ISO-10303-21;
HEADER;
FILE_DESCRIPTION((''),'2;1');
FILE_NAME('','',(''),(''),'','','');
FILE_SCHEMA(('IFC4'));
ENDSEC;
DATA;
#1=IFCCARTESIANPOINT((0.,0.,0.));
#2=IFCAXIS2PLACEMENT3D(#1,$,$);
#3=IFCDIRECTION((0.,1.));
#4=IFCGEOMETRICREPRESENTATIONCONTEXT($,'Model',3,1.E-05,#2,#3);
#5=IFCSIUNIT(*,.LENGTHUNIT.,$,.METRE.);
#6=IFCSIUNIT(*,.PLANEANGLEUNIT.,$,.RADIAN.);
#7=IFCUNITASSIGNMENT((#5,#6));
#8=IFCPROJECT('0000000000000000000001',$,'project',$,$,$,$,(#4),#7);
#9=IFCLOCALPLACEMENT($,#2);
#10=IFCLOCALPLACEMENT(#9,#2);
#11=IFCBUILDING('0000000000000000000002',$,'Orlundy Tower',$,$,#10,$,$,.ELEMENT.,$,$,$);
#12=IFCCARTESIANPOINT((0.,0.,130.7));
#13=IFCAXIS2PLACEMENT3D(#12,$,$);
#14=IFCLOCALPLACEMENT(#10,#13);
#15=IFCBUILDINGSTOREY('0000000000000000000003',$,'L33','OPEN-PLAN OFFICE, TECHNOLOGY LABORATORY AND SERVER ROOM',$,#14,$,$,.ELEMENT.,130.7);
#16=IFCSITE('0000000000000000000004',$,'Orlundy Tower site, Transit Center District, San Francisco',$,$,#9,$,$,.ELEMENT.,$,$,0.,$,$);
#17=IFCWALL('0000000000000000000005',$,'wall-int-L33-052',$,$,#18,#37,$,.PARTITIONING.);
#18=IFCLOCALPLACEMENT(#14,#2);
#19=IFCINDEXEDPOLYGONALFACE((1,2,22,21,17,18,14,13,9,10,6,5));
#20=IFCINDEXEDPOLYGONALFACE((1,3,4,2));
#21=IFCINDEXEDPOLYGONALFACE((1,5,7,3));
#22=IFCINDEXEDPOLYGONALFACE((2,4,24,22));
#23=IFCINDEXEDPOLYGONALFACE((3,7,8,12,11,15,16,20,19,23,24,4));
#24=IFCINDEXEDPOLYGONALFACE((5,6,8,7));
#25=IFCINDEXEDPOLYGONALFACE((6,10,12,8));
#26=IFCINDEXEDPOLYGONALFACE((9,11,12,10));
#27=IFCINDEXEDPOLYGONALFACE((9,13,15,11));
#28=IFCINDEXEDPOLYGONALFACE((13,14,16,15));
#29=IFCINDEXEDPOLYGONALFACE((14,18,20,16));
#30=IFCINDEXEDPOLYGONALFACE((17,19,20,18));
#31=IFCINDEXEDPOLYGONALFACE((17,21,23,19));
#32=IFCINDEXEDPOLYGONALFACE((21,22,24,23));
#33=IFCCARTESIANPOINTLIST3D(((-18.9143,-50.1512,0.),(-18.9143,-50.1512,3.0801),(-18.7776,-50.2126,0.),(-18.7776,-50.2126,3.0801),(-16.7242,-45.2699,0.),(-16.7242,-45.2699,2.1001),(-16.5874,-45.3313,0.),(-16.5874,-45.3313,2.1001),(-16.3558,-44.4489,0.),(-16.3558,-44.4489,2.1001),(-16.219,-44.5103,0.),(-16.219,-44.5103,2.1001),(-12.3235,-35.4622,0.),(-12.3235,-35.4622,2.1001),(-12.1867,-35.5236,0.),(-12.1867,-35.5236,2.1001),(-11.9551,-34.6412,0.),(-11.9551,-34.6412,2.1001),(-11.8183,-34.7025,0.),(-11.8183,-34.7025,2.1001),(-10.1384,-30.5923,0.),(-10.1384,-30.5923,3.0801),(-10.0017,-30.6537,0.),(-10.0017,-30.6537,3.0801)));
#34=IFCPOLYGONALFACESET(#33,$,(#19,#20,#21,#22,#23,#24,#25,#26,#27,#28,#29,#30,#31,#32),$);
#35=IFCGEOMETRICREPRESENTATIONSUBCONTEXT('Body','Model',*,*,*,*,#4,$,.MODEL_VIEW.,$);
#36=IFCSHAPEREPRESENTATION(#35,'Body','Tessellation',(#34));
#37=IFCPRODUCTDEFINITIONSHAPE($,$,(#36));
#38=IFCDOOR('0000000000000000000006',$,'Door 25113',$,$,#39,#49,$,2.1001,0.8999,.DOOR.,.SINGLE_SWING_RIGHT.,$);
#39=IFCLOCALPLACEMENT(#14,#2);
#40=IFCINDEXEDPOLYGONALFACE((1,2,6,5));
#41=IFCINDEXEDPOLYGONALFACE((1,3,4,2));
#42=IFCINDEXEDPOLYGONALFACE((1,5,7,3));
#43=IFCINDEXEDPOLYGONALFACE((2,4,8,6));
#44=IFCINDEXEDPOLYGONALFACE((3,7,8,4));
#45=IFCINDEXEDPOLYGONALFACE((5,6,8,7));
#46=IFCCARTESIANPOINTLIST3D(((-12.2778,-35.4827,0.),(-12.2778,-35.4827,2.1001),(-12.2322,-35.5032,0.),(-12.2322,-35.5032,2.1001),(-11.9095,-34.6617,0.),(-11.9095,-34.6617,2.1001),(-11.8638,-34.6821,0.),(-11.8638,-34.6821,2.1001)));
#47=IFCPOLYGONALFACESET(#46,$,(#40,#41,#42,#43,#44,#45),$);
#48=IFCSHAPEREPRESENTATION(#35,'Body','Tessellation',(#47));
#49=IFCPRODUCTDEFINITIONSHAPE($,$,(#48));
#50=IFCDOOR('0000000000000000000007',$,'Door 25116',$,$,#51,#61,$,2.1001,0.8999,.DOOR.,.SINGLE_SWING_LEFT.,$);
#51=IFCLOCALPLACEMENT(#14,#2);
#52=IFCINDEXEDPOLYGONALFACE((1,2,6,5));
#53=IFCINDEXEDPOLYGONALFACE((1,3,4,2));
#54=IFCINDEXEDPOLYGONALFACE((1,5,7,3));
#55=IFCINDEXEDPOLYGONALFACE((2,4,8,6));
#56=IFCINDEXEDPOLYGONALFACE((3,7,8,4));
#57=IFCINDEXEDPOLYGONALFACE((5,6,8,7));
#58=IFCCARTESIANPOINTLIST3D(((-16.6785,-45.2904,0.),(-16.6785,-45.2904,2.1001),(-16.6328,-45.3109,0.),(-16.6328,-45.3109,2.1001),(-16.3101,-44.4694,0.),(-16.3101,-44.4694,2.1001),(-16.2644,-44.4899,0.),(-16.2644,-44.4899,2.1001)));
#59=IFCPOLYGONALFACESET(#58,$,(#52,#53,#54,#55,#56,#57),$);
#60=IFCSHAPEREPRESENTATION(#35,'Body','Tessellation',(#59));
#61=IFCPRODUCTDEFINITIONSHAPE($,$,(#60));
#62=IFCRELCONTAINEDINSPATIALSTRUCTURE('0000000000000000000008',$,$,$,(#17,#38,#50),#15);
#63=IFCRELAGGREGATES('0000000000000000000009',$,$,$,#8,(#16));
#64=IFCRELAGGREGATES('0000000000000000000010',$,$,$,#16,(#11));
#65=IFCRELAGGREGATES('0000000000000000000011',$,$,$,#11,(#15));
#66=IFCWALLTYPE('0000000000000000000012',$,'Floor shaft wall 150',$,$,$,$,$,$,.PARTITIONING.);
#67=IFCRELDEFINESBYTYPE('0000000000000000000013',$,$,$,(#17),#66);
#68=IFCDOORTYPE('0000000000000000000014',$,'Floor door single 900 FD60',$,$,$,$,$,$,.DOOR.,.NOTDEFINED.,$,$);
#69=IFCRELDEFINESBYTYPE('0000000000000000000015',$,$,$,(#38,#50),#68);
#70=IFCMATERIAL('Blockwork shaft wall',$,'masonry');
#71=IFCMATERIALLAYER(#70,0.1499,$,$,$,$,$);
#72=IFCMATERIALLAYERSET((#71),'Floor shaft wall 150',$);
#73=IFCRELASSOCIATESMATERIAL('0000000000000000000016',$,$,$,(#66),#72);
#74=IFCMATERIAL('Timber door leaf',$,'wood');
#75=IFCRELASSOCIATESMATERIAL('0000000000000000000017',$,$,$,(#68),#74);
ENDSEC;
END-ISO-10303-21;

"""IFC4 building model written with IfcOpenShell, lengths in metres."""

from ifc_helpers import new_model, si_unit, direction, frame, frame_2d, origin, place, context, subcontext, project, spatial, rectangle, extrude, material, layer, layer_set, type_object, element, fill, save


model = new_model("IFC4")

# Units and contexts
model_context = context("Model", 3, precision=1e-05, world=origin(), true_north=direction((0.0, 1.0)))
body_context = subcontext(model_context, "Body", "Model", "MODEL_VIEW")
ifc_project = project(units=[si_unit("LENGTHUNIT", "METRE"), si_unit("PLANEANGLEUNIT", "RADIAN")], contexts=[model_context])

# Site, building, storey
site_placement = place(None, origin())
site = spatial("IfcSite", under=ifc_project, at=site_placement, Name="Orlundy Tower site, Transit Center District, San Francisco", CompositionType="ELEMENT", RefElevation=0.0)
building_placement = place(site_placement, origin())
building = spatial("IfcBuilding", under=site, at=building_placement, Name="Orlundy Tower", CompositionType="ELEMENT")
storey_placement = place(building_placement, frame((0.0, 0.0, 130.7)))
storey = spatial("IfcBuildingStorey", under=building, at=storey_placement, Name="L33", Description="OPEN-PLAN OFFICE, TECHNOLOGY LABORATORY AND SERVER ROOM", CompositionType="ELEMENT", Elevation=130.7)

# Shared definitions
ifc_material_1 = material(Name="Blockwork shaft wall", Category="masonry")
ifc_layer_1 = layer(ifc_material_1, 0.1499)
ifc_layer_set_1 = layer_set([ifc_layer_1], Name="Floor shaft wall 150")
wall_type = type_object("IfcWallType", Name="Floor shaft wall 150", PredefinedType="PARTITIONING", material=ifc_layer_set_1)
ifc_material_2 = material(Name="Timber door leaf", Category="wood")
door_type = type_object("IfcDoorType", Name="Floor door single 900 FD60", OperationType="NOTDEFINED", PredefinedType="DOOR", material=ifc_material_2)

# Wall, openings, doors
wall_1_placement = place(storey_placement, frame((-18.8459, -50.1819, 0.0), z_axis=(0.0, 0.0, 1.0), x_axis=(0.409371, 0.912368, 0.0)))
wall_1 = element("IfcWall", 1, at=wall_1_placement, inside=storey, type_object=wall_type, Name="wall-int-L33-052", PredefinedType="PARTITIONING", context=body_context, shape_type="SweptSolid", body=[
    extrude(rectangle(XDim=21.4375, YDim=0.1499, at=frame_2d((10.7188, 0.0))), origin(), (0.0, 0.0, 1.0), 3.0801),
])
opening_1_placement = place(wall_1_placement, frame((16.0999, 0.0, 0.0)))
opening_1 = element("IfcOpeningElement", 2, at=opening_1_placement, cuts=wall_1, PredefinedType="OPENING", context=body_context, shape_type="SweptSolid", body=[
    extrude(rectangle(XDim=0.8999, YDim=2.1001, at=frame_2d((0.45, 1.05))), frame((0.0, 0.085, 0.0), z_axis=(0.0, -1.0, 0.0), x_axis=(1.0, 0.0, 0.0)), (0.0, 0.0, 1.0), 0.1699),
])
opening_2_placement = place(wall_1_placement, frame((5.3501, 0.0, 0.0)))
opening_2 = element("IfcOpeningElement", 3, at=opening_2_placement, cuts=wall_1, PredefinedType="OPENING", context=body_context, shape_type="SweptSolid", body=[
    extrude(rectangle(XDim=0.8999, YDim=2.1001, at=frame_2d((0.45, 1.05))), frame((0.0, 0.085, 0.0), z_axis=(0.0, -1.0, 0.0), x_axis=(1.0, 0.0, 0.0)), (0.0, 0.0, 1.0), 0.1699),
])
door_1_placement = place(opening_1_placement, origin())
door_1 = element("IfcDoor", 4, at=door_1_placement, inside=storey, type_object=door_type, Name="Door 25113", OperationType="SINGLE_SWING_RIGHT", OverallHeight=2.1001, OverallWidth=0.8999, PredefinedType="DOOR", context=body_context, shape_type="SweptSolid", body=[
    extrude(rectangle(XDim=0.8999, YDim=2.1001, at=frame_2d((0.45, 1.05))), frame((0.0, 0.0249, 0.0), z_axis=(0.0, -1.0, 0.0), x_axis=(1.0, 0.0, 0.0)), (0.0, 0.0, 1.0), 0.05),
])
fill(opening_1, door_1)
door_2_placement = place(opening_2_placement, origin())
door_2 = element("IfcDoor", 5, at=door_2_placement, inside=storey, type_object=door_type, Name="Door 25116", OperationType="SINGLE_SWING_LEFT", OverallHeight=2.1001, OverallWidth=0.8999, PredefinedType="DOOR", context=body_context, shape_type="SweptSolid", body=[
    extrude(rectangle(XDim=0.8999, YDim=2.1001, at=frame_2d((0.45, 1.05))), frame((0.0, 0.0249, 0.0), z_axis=(0.0, -1.0, 0.0), x_axis=(1.0, 0.0, 0.0)), (0.0, 0.0, 1.0), 0.05),
])
fill(opening_2, door_2)

save(model, "model.ifc")
